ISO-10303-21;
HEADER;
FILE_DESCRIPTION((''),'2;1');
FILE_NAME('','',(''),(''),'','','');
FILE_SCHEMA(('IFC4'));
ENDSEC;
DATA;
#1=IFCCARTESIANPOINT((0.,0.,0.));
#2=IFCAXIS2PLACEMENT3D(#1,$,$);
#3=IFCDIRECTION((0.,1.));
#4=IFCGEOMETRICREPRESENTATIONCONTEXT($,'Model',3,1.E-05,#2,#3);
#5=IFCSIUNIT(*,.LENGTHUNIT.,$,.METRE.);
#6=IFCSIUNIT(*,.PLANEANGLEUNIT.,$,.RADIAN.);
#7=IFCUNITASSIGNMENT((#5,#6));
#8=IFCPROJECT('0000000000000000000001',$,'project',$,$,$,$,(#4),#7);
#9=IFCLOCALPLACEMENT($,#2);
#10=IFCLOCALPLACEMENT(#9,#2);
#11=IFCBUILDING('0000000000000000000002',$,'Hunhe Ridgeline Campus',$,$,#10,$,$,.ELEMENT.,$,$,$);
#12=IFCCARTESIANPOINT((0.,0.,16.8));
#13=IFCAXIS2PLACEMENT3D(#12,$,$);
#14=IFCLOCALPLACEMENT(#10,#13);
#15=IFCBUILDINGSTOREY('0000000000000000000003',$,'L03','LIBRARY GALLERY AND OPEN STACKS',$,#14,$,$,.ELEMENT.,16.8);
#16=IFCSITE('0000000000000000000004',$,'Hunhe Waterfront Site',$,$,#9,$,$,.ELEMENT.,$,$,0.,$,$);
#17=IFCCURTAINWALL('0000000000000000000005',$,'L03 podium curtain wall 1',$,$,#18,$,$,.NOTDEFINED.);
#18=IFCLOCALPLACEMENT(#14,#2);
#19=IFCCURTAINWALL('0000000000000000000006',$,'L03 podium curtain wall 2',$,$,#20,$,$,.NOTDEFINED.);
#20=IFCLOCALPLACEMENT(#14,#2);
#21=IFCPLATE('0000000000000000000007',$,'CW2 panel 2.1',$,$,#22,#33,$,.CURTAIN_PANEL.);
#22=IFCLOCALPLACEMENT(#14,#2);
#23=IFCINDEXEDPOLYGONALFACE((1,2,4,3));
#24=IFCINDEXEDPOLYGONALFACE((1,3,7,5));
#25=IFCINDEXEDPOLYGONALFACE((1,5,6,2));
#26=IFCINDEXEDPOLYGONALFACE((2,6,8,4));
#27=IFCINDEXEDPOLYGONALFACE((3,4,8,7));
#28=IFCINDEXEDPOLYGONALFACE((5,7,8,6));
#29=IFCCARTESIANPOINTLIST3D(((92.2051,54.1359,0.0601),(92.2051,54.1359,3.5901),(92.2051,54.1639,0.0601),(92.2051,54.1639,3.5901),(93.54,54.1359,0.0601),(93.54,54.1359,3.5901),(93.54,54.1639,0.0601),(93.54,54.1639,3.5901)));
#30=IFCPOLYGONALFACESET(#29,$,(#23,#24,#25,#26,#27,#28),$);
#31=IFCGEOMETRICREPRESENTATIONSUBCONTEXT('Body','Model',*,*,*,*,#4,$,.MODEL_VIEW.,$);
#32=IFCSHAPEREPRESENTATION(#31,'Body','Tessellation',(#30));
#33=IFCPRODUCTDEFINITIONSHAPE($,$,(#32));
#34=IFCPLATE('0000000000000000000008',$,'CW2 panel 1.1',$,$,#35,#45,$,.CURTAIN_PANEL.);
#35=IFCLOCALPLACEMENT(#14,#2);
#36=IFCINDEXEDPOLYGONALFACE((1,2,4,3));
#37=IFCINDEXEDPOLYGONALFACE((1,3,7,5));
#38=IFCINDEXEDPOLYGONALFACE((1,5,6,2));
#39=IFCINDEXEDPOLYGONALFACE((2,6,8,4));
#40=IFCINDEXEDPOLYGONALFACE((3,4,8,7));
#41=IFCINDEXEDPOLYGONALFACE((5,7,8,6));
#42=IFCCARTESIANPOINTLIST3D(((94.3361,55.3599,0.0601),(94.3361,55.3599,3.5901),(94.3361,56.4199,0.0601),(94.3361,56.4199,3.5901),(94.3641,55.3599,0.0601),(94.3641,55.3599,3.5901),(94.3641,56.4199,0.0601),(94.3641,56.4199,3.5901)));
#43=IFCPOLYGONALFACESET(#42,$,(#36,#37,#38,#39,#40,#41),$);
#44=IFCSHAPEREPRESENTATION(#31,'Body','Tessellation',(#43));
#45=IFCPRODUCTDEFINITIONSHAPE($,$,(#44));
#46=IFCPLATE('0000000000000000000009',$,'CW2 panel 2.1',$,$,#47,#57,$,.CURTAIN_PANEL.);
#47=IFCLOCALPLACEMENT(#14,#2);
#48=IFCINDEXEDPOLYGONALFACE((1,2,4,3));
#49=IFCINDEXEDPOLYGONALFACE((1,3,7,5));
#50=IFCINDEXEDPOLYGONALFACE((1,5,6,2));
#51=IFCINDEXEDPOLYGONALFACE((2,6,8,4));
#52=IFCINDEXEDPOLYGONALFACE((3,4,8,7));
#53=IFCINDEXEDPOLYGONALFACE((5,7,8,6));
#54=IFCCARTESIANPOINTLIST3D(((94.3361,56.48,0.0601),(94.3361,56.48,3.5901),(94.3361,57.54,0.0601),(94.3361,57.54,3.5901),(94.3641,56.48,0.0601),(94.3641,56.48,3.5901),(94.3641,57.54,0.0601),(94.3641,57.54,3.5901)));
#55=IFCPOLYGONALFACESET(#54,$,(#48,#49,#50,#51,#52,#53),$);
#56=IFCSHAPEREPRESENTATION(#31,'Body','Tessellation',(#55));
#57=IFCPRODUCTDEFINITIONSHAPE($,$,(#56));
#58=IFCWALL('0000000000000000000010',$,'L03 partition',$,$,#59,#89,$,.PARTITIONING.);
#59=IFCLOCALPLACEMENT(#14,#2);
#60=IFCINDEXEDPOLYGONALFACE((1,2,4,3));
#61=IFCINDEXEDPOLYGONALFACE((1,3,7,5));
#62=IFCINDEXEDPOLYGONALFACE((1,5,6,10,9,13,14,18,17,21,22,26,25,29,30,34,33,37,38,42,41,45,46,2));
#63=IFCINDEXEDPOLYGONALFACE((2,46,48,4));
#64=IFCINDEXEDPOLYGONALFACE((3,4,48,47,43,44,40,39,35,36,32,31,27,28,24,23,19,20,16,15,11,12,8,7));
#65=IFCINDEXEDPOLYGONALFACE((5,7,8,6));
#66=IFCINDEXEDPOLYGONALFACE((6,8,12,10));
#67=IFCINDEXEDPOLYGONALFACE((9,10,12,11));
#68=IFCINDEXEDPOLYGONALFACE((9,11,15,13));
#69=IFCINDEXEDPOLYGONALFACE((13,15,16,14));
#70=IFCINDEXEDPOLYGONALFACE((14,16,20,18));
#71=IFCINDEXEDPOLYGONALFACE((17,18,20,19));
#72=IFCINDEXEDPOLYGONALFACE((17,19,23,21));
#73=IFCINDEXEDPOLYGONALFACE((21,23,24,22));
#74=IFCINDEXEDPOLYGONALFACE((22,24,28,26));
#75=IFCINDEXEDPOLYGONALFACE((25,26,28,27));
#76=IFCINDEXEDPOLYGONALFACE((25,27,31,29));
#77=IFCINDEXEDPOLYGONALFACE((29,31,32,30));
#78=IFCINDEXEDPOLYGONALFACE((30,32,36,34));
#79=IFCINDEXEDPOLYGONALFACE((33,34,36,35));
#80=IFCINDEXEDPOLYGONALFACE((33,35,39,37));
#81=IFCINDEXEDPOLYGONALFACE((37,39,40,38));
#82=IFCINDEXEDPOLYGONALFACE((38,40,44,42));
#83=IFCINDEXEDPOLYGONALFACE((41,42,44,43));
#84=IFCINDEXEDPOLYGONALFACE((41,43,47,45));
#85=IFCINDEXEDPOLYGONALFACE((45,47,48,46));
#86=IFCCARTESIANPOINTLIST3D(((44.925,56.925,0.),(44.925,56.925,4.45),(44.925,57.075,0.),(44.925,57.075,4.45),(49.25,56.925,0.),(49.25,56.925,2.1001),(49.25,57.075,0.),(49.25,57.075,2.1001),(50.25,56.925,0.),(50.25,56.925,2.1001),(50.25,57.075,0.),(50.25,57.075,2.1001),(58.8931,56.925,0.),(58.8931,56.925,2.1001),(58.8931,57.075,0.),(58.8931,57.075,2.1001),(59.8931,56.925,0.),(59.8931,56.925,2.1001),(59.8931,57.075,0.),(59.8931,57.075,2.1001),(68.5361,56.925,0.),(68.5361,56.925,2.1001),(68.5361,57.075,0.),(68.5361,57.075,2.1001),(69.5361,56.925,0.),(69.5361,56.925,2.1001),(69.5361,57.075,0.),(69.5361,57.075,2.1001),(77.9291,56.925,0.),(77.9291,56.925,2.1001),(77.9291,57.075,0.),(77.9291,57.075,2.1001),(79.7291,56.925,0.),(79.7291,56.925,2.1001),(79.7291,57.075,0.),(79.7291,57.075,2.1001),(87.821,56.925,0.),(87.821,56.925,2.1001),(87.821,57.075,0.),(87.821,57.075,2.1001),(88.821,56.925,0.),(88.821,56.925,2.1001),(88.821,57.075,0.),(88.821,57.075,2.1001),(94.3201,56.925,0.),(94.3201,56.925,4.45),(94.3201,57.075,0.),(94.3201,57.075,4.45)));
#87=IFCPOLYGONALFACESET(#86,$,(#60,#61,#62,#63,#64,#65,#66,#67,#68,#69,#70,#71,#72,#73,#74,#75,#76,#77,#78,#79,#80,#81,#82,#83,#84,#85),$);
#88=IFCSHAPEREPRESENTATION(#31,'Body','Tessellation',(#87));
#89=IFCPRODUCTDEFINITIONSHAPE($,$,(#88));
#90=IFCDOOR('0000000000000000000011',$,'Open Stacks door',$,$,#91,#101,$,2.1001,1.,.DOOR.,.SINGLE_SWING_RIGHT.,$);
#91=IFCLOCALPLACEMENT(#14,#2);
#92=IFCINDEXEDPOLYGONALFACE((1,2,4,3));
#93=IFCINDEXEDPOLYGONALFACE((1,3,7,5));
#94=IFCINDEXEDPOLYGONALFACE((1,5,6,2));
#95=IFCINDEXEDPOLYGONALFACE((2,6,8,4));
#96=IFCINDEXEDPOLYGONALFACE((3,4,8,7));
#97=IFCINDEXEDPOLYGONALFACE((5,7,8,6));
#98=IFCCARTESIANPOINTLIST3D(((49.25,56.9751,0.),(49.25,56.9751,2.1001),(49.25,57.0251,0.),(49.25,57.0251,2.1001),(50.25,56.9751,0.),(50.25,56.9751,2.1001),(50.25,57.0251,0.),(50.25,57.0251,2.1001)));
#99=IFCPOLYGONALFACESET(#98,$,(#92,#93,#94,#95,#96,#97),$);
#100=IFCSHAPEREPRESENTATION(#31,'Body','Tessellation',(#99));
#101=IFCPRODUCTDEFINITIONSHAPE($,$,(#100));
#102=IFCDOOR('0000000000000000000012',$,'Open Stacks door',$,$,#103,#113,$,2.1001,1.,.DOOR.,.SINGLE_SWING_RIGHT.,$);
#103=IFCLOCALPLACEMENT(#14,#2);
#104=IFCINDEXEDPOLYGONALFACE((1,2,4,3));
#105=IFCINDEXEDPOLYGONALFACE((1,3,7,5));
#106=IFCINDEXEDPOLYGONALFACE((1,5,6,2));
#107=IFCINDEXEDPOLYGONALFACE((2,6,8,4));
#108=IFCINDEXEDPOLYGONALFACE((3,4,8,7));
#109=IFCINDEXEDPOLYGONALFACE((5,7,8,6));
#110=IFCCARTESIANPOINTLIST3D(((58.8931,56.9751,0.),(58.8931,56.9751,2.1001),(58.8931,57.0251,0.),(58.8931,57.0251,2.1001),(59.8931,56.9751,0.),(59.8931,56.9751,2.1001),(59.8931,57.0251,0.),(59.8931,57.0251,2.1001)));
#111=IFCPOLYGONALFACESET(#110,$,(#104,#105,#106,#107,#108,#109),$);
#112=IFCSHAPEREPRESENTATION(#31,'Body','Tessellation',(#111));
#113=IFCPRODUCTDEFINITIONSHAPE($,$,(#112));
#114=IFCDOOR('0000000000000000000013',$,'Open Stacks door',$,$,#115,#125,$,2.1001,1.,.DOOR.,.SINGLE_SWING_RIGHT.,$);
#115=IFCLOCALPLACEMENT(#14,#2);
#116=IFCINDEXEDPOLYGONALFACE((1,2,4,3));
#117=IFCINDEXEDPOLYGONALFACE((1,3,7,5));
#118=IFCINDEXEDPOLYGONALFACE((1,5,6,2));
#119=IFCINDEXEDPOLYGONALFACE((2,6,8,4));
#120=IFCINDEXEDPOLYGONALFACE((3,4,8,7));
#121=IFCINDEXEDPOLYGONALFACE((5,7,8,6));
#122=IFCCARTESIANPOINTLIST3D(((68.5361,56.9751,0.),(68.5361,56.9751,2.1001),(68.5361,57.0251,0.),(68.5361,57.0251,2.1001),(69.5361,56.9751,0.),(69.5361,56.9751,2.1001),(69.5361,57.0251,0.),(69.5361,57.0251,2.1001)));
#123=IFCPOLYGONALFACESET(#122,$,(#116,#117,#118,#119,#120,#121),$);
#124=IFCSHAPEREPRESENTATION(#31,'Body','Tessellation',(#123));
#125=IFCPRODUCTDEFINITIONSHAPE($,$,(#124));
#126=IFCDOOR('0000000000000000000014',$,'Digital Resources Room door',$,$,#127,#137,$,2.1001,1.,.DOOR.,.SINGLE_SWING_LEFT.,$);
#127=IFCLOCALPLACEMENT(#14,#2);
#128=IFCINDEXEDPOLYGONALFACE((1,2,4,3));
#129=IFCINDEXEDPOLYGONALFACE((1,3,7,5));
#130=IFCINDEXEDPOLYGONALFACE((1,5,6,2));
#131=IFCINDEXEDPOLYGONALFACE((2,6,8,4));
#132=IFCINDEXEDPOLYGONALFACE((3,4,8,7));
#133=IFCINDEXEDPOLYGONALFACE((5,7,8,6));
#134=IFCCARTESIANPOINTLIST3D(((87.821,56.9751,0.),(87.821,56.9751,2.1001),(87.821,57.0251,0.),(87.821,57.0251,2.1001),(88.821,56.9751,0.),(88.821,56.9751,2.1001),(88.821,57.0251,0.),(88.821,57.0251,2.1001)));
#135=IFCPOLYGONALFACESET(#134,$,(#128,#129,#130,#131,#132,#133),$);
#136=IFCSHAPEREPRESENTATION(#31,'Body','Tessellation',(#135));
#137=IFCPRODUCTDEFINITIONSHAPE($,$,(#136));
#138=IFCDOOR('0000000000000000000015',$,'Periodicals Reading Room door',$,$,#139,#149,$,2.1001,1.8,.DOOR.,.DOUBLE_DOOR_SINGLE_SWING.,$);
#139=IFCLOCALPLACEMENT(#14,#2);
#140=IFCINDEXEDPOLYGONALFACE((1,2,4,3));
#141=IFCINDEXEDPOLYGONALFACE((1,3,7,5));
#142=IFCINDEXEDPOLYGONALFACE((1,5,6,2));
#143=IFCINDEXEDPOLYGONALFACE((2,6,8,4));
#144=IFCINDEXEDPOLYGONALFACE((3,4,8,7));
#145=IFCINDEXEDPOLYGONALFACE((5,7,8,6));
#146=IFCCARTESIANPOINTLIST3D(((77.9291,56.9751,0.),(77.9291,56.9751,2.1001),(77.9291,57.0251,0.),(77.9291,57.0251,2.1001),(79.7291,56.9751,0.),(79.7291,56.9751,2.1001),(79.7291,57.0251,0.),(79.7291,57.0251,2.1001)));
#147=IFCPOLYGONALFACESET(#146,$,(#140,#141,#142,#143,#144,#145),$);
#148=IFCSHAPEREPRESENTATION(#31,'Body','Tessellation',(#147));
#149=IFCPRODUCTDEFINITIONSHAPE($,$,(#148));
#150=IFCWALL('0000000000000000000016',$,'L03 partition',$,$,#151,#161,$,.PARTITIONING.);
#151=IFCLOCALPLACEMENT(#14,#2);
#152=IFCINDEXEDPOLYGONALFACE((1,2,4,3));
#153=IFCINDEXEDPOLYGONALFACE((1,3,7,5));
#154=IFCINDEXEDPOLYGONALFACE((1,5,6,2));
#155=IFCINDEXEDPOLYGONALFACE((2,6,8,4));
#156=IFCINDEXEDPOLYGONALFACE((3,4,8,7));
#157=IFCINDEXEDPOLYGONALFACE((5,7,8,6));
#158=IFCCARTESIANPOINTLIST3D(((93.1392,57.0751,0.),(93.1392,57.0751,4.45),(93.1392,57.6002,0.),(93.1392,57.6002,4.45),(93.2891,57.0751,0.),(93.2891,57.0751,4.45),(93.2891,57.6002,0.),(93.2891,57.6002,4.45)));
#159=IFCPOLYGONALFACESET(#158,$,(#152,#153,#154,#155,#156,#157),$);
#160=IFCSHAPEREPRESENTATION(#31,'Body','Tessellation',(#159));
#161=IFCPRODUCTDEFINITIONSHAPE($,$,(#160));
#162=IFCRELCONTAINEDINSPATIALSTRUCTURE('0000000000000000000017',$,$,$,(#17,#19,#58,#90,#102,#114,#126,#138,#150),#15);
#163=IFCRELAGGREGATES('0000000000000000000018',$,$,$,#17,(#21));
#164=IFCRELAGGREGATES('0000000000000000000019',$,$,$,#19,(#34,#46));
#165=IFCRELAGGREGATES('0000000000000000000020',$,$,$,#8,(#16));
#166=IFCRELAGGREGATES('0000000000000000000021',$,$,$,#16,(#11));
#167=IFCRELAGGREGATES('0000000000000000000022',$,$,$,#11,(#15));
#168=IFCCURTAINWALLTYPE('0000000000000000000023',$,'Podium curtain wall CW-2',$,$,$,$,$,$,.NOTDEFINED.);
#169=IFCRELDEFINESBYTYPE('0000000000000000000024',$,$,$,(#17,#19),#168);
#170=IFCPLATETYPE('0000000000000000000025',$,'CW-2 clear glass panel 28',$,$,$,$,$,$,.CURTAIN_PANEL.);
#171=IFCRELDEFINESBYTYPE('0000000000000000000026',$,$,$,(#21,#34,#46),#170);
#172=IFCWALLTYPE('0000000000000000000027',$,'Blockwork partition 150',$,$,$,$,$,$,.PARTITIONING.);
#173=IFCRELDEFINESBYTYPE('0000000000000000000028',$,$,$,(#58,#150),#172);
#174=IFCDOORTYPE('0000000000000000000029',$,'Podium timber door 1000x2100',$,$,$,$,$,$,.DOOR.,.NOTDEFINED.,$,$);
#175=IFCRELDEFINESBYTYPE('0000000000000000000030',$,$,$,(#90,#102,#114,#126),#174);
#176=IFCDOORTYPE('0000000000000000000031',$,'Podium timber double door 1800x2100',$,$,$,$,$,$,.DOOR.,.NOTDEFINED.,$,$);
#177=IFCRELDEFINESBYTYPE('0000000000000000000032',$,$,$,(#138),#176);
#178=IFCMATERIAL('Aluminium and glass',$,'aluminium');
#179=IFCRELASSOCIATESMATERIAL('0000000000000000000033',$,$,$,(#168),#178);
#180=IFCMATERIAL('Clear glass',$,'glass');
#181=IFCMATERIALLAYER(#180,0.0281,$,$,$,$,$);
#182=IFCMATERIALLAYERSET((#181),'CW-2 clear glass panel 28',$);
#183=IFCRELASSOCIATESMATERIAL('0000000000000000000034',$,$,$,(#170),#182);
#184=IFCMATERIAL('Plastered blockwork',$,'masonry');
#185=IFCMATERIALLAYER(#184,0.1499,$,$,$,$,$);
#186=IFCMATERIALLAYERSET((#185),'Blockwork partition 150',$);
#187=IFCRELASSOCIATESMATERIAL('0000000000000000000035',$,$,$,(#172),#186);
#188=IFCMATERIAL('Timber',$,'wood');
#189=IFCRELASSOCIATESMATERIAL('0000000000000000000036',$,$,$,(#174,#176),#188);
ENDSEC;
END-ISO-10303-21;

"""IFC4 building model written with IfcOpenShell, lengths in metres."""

from ifc_helpers import new_model, si_unit, direction, frame, frame_2d, origin, origin_2d, place, context, subcontext, project, spatial, rectangle, extrude, material, layer, layer_set, type_object, element, fill, aggregate, save


model = new_model("IFC4")

# Units and contexts
model_context = context("Model", 3, precision=1e-05, world=origin(), true_north=direction((0.0, 1.0)))
body_context = subcontext(model_context, "Body", "Model", "MODEL_VIEW")
ifc_project = project(units=[si_unit("LENGTHUNIT", "METRE"), si_unit("PLANEANGLEUNIT", "RADIAN")], contexts=[model_context])

# Site, building, storey
site_placement = place(None, origin())
site = spatial("IfcSite", under=ifc_project, at=site_placement, Name="Hunhe Waterfront Site", CompositionType="ELEMENT", RefElevation=0.0)
building_placement = place(site_placement, origin())
building = spatial("IfcBuilding", under=site, at=building_placement, Name="Hunhe Ridgeline Campus", CompositionType="ELEMENT")
storey_placement = place(building_placement, frame((0.0, 0.0, 16.8)))
storey = spatial("IfcBuildingStorey", under=building, at=storey_placement, Name="L03", Description="LIBRARY GALLERY AND OPEN STACKS", CompositionType="ELEMENT", Elevation=16.8)

# Curtain wall
ifc_material_1 = material(Name="Aluminium and glass", Category="aluminium")
curtain_wall_type = type_object("IfcCurtainWallType", Name="Podium curtain wall CW-2", PredefinedType="NOTDEFINED", material=ifc_material_1)
curtain_wall_1_placement = place(storey_placement, origin())
curtain_wall_1 = element("IfcCurtainWall", 1, at=curtain_wall_1_placement, inside=storey, type_object=curtain_wall_type, Name="L03 podium curtain wall 1", PredefinedType="NOTDEFINED")

# Curtain wall
curtain_wall_2_placement = place(storey_placement, origin())
curtain_wall_2 = element("IfcCurtainWall", 2, at=curtain_wall_2_placement, inside=storey, type_object=curtain_wall_type, Name="L03 podium curtain wall 2", PredefinedType="NOTDEFINED")

# Plates
ifc_material_2 = material(Name="Clear glass", Category="glass")
ifc_layer_1 = layer(ifc_material_2, 0.0281)
ifc_layer_set_1 = layer_set([ifc_layer_1], Name="CW-2 clear glass panel 28")
plate_type = type_object("IfcPlateType", Name="CW-2 clear glass panel 28", PredefinedType="CURTAIN_PANEL", material=ifc_layer_set_1)
plate_1_placement = place(storey_placement, frame((92.8726, 54.1499, 0.0601), z_axis=(0.0, 0.0, 1.0), x_axis=(1.0, 0.0, 0.0)))
plate_1 = element("IfcPlate", 3, at=plate_1_placement, type_object=plate_type, Name="CW2 panel 2.1", PredefinedType="CURTAIN_PANEL", context=body_context, shape_type="SweptSolid", body=[
    extrude(rectangle(XDim=1.335, YDim=0.0281, at=origin_2d()), origin(), (0.0, 0.0, 1.0), 3.53),
])
aggregate(curtain_wall_1, [plate_1])
plate_2_placement = place(storey_placement, frame((94.3501, 55.8899, 0.0601), z_axis=(0.0, 0.0, 1.0), x_axis=(0.0, 1.0, 0.0)))
plate_2 = element("IfcPlate", 4, at=plate_2_placement, type_object=plate_type, Name="CW2 panel 1.1", PredefinedType="CURTAIN_PANEL", context=body_context, shape_type="SweptSolid", body=[
    extrude(rectangle(XDim=1.0601, YDim=0.0281, at=origin_2d()), origin(), (0.0, 0.0, 1.0), 3.53),
])
plate_3_placement = place(storey_placement, frame((94.3501, 57.01, 0.0601), z_axis=(0.0, 0.0, 1.0), x_axis=(0.0, 1.0, 0.0)))
plate_3 = element("IfcPlate", 5, at=plate_3_placement, type_object=plate_type, Name="CW2 panel 2.1", PredefinedType="CURTAIN_PANEL", context=body_context, shape_type="SweptSolid", body=[
    extrude(rectangle(XDim=1.0601, YDim=0.0281, at=origin_2d()), origin(), (0.0, 0.0, 1.0), 3.53),
])
aggregate(curtain_wall_2, [plate_2, plate_3])

# Wall, openings, doors
ifc_material_3 = material(Name="Plastered blockwork", Category="masonry")
ifc_layer_2 = layer(ifc_material_3, 0.1499)
ifc_layer_set_2 = layer_set([ifc_layer_2], Name="Blockwork partition 150")
wall_type = type_object("IfcWallType", Name="Blockwork partition 150", PredefinedType="PARTITIONING", material=ifc_layer_set_2)
wall_1_placement = place(storey_placement, frame((94.3201, 57.0, 0.0), z_axis=(0.0, 0.0, 1.0), x_axis=(-1.0, 0.0, 0.0)))
wall_1 = element("IfcWall", 6, at=wall_1_placement, inside=storey, type_object=wall_type, Name="L03 partition", PredefinedType="PARTITIONING", context=body_context, shape_type="SweptSolid", body=[
    extrude(rectangle(XDim=49.395, YDim=0.1499, at=frame_2d((24.6975, 0.0))), origin(), (0.0, 0.0, 1.0), 4.45),
])
opening_1_placement = place(wall_1_placement, frame((44.0701, 0.0, 0.0)))
opening_1 = element("IfcOpeningElement", 7, at=opening_1_placement, cuts=wall_1, PredefinedType="OPENING", context=body_context, shape_type="SweptSolid", body=[
    extrude(rectangle(XDim=1.0, YDim=2.1001, at=frame_2d((0.5, 1.05))), frame((0.0, 0.075, 0.0), z_axis=(0.0, -1.0, 0.0), x_axis=(1.0, 0.0, 0.0)), (0.0, 0.0, 1.0), 0.1499),
])
opening_2_placement = place(wall_1_placement, frame((34.427, 0.0, 0.0)))
opening_2 = element("IfcOpeningElement", 8, at=opening_2_placement, cuts=wall_1, PredefinedType="OPENING", context=body_context, shape_type="SweptSolid", body=[
    extrude(rectangle(XDim=1.0, YDim=2.1001, at=frame_2d((0.5, 1.05))), frame((0.0, 0.075, 0.0), z_axis=(0.0, -1.0, 0.0), x_axis=(1.0, 0.0, 0.0)), (0.0, 0.0, 1.0), 0.1499),
])
opening_3_placement = place(wall_1_placement, frame((24.7839, 0.0, 0.0)))
opening_3 = element("IfcOpeningElement", 9, at=opening_3_placement, cuts=wall_1, PredefinedType="OPENING", context=body_context, shape_type="SweptSolid", body=[
    extrude(rectangle(XDim=1.0, YDim=2.1001, at=frame_2d((0.5, 1.05))), frame((0.0, 0.075, 0.0), z_axis=(0.0, -1.0, 0.0), x_axis=(1.0, 0.0, 0.0)), (0.0, 0.0, 1.0), 0.1499),
])
opening_4_placement = place(wall_1_placement, frame((14.5911, 0.0, 0.0)))
opening_4 = element("IfcOpeningElement", 10, at=opening_4_placement, cuts=wall_1, PredefinedType="OPENING", context=body_context, shape_type="SweptSolid", body=[
    extrude(rectangle(XDim=1.8, YDim=2.1001, at=frame_2d((0.8999, 1.05))), frame((0.0, 0.075, 0.0), z_axis=(0.0, -1.0, 0.0), x_axis=(1.0, 0.0, 0.0)), (0.0, 0.0, 1.0), 0.1499),
])
opening_5_placement = place(wall_1_placement, frame((5.499, 0.0, 0.0)))
opening_5 = element("IfcOpeningElement", 11, at=opening_5_placement, cuts=wall_1, PredefinedType="OPENING", context=body_context, shape_type="SweptSolid", body=[
    extrude(rectangle(XDim=1.0, YDim=2.1001, at=frame_2d((0.5, 1.05))), frame((0.0, 0.075, 0.0), z_axis=(0.0, -1.0, 0.0), x_axis=(1.0, 0.0, 0.0)), (0.0, 0.0, 1.0), 0.1499),
])
ifc_material_4 = material(Name="Timber", Category="wood")
door_type_1 = type_object("IfcDoorType", Name="Podium timber door 1000x2100", OperationType="NOTDEFINED", PredefinedType="DOOR", material=ifc_material_4)
door_1_placement = place(opening_1_placement, origin())
door_1 = element("IfcDoor", 12, at=door_1_placement, inside=storey, type_object=door_type_1, Name="Open Stacks door", OperationType="SINGLE_SWING_RIGHT", OverallHeight=2.1001, OverallWidth=1.0, PredefinedType="DOOR", context=body_context, shape_type="SweptSolid", body=[
    extrude(rectangle(XDim=1.0, YDim=2.1001, at=frame_2d((0.5, 1.05))), frame((0.0, 0.0249, 0.0), z_axis=(0.0, -1.0, 0.0), x_axis=(1.0, 0.0, 0.0)), (0.0, 0.0, 1.0), 0.05),
])
fill(opening_1, door_1)
door_2_placement = place(opening_2_placement, origin())
door_2 = element("IfcDoor", 13, at=door_2_placement, inside=storey, type_object=door_type_1, Name="Open Stacks door", OperationType="SINGLE_SWING_RIGHT", OverallHeight=2.1001, OverallWidth=1.0, PredefinedType="DOOR", context=body_context, shape_type="SweptSolid", body=[
    extrude(rectangle(XDim=1.0, YDim=2.1001, at=frame_2d((0.5, 1.05))), frame((0.0, 0.0249, 0.0), z_axis=(0.0, -1.0, 0.0), x_axis=(1.0, 0.0, 0.0)), (0.0, 0.0, 1.0), 0.05),
])
fill(opening_2, door_2)
door_3_placement = place(opening_3_placement, origin())
door_3 = element("IfcDoor", 14, at=door_3_placement, inside=storey, type_object=door_type_1, Name="Open Stacks door", OperationType="SINGLE_SWING_RIGHT", OverallHeight=2.1001, OverallWidth=1.0, PredefinedType="DOOR", context=body_context, shape_type="SweptSolid", body=[
    extrude(rectangle(XDim=1.0, YDim=2.1001, at=frame_2d((0.5, 1.05))), frame((0.0, 0.0249, 0.0), z_axis=(0.0, -1.0, 0.0), x_axis=(1.0, 0.0, 0.0)), (0.0, 0.0, 1.0), 0.05),
])
fill(opening_3, door_3)
door_4_placement = place(opening_5_placement, origin())
door_4 = element("IfcDoor", 15, at=door_4_placement, inside=storey, type_object=door_type_1, Name="Digital Resources Room door", OperationType="SINGLE_SWING_LEFT", OverallHeight=2.1001, OverallWidth=1.0, PredefinedType="DOOR", context=body_context, shape_type="SweptSolid", body=[
    extrude(rectangle(XDim=1.0, YDim=2.1001, at=frame_2d((0.5, 1.05))), frame((0.0, 0.0249, 0.0), z_axis=(0.0, -1.0, 0.0), x_axis=(1.0, 0.0, 0.0)), (0.0, 0.0, 1.0), 0.05),
])
fill(opening_5, door_4)
door_type_2 = type_object("IfcDoorType", Name="Podium timber double door 1800x2100", OperationType="NOTDEFINED", PredefinedType="DOOR", material=ifc_material_4)
door_5_placement = place(opening_4_placement, origin())
door_5 = element("IfcDoor", 16, at=door_5_placement, inside=storey, type_object=door_type_2, Name="Periodicals Reading Room door", OperationType="DOUBLE_DOOR_SINGLE_SWING", OverallHeight=2.1001, OverallWidth=1.8, PredefinedType="DOOR", context=body_context, shape_type="SweptSolid", body=[
    extrude(rectangle(XDim=1.8, YDim=2.1001, at=frame_2d((0.8999, 1.05))), frame((0.0, 0.0249, 0.0), z_axis=(0.0, -1.0, 0.0), x_axis=(1.0, 0.0, 0.0)), (0.0, 0.0, 1.0), 0.05),
])
fill(opening_4, door_5)

# Wall
wall_2_placement = place(storey_placement, frame((93.2141, 57.075, 0.0), z_axis=(0.0, 0.0, 1.0), x_axis=(0.0, 1.0, 0.0)))
element("IfcWall", 17, at=wall_2_placement, inside=storey, type_object=wall_type, Name="L03 partition", PredefinedType="PARTITIONING", context=body_context, shape_type="SweptSolid", body=[
    extrude(rectangle(XDim=0.5251, YDim=0.1499, at=frame_2d((0.2627, 0.0))), origin(), (0.0, 0.0, 1.0), 4.45),
])

save(model, "model.ifc")
